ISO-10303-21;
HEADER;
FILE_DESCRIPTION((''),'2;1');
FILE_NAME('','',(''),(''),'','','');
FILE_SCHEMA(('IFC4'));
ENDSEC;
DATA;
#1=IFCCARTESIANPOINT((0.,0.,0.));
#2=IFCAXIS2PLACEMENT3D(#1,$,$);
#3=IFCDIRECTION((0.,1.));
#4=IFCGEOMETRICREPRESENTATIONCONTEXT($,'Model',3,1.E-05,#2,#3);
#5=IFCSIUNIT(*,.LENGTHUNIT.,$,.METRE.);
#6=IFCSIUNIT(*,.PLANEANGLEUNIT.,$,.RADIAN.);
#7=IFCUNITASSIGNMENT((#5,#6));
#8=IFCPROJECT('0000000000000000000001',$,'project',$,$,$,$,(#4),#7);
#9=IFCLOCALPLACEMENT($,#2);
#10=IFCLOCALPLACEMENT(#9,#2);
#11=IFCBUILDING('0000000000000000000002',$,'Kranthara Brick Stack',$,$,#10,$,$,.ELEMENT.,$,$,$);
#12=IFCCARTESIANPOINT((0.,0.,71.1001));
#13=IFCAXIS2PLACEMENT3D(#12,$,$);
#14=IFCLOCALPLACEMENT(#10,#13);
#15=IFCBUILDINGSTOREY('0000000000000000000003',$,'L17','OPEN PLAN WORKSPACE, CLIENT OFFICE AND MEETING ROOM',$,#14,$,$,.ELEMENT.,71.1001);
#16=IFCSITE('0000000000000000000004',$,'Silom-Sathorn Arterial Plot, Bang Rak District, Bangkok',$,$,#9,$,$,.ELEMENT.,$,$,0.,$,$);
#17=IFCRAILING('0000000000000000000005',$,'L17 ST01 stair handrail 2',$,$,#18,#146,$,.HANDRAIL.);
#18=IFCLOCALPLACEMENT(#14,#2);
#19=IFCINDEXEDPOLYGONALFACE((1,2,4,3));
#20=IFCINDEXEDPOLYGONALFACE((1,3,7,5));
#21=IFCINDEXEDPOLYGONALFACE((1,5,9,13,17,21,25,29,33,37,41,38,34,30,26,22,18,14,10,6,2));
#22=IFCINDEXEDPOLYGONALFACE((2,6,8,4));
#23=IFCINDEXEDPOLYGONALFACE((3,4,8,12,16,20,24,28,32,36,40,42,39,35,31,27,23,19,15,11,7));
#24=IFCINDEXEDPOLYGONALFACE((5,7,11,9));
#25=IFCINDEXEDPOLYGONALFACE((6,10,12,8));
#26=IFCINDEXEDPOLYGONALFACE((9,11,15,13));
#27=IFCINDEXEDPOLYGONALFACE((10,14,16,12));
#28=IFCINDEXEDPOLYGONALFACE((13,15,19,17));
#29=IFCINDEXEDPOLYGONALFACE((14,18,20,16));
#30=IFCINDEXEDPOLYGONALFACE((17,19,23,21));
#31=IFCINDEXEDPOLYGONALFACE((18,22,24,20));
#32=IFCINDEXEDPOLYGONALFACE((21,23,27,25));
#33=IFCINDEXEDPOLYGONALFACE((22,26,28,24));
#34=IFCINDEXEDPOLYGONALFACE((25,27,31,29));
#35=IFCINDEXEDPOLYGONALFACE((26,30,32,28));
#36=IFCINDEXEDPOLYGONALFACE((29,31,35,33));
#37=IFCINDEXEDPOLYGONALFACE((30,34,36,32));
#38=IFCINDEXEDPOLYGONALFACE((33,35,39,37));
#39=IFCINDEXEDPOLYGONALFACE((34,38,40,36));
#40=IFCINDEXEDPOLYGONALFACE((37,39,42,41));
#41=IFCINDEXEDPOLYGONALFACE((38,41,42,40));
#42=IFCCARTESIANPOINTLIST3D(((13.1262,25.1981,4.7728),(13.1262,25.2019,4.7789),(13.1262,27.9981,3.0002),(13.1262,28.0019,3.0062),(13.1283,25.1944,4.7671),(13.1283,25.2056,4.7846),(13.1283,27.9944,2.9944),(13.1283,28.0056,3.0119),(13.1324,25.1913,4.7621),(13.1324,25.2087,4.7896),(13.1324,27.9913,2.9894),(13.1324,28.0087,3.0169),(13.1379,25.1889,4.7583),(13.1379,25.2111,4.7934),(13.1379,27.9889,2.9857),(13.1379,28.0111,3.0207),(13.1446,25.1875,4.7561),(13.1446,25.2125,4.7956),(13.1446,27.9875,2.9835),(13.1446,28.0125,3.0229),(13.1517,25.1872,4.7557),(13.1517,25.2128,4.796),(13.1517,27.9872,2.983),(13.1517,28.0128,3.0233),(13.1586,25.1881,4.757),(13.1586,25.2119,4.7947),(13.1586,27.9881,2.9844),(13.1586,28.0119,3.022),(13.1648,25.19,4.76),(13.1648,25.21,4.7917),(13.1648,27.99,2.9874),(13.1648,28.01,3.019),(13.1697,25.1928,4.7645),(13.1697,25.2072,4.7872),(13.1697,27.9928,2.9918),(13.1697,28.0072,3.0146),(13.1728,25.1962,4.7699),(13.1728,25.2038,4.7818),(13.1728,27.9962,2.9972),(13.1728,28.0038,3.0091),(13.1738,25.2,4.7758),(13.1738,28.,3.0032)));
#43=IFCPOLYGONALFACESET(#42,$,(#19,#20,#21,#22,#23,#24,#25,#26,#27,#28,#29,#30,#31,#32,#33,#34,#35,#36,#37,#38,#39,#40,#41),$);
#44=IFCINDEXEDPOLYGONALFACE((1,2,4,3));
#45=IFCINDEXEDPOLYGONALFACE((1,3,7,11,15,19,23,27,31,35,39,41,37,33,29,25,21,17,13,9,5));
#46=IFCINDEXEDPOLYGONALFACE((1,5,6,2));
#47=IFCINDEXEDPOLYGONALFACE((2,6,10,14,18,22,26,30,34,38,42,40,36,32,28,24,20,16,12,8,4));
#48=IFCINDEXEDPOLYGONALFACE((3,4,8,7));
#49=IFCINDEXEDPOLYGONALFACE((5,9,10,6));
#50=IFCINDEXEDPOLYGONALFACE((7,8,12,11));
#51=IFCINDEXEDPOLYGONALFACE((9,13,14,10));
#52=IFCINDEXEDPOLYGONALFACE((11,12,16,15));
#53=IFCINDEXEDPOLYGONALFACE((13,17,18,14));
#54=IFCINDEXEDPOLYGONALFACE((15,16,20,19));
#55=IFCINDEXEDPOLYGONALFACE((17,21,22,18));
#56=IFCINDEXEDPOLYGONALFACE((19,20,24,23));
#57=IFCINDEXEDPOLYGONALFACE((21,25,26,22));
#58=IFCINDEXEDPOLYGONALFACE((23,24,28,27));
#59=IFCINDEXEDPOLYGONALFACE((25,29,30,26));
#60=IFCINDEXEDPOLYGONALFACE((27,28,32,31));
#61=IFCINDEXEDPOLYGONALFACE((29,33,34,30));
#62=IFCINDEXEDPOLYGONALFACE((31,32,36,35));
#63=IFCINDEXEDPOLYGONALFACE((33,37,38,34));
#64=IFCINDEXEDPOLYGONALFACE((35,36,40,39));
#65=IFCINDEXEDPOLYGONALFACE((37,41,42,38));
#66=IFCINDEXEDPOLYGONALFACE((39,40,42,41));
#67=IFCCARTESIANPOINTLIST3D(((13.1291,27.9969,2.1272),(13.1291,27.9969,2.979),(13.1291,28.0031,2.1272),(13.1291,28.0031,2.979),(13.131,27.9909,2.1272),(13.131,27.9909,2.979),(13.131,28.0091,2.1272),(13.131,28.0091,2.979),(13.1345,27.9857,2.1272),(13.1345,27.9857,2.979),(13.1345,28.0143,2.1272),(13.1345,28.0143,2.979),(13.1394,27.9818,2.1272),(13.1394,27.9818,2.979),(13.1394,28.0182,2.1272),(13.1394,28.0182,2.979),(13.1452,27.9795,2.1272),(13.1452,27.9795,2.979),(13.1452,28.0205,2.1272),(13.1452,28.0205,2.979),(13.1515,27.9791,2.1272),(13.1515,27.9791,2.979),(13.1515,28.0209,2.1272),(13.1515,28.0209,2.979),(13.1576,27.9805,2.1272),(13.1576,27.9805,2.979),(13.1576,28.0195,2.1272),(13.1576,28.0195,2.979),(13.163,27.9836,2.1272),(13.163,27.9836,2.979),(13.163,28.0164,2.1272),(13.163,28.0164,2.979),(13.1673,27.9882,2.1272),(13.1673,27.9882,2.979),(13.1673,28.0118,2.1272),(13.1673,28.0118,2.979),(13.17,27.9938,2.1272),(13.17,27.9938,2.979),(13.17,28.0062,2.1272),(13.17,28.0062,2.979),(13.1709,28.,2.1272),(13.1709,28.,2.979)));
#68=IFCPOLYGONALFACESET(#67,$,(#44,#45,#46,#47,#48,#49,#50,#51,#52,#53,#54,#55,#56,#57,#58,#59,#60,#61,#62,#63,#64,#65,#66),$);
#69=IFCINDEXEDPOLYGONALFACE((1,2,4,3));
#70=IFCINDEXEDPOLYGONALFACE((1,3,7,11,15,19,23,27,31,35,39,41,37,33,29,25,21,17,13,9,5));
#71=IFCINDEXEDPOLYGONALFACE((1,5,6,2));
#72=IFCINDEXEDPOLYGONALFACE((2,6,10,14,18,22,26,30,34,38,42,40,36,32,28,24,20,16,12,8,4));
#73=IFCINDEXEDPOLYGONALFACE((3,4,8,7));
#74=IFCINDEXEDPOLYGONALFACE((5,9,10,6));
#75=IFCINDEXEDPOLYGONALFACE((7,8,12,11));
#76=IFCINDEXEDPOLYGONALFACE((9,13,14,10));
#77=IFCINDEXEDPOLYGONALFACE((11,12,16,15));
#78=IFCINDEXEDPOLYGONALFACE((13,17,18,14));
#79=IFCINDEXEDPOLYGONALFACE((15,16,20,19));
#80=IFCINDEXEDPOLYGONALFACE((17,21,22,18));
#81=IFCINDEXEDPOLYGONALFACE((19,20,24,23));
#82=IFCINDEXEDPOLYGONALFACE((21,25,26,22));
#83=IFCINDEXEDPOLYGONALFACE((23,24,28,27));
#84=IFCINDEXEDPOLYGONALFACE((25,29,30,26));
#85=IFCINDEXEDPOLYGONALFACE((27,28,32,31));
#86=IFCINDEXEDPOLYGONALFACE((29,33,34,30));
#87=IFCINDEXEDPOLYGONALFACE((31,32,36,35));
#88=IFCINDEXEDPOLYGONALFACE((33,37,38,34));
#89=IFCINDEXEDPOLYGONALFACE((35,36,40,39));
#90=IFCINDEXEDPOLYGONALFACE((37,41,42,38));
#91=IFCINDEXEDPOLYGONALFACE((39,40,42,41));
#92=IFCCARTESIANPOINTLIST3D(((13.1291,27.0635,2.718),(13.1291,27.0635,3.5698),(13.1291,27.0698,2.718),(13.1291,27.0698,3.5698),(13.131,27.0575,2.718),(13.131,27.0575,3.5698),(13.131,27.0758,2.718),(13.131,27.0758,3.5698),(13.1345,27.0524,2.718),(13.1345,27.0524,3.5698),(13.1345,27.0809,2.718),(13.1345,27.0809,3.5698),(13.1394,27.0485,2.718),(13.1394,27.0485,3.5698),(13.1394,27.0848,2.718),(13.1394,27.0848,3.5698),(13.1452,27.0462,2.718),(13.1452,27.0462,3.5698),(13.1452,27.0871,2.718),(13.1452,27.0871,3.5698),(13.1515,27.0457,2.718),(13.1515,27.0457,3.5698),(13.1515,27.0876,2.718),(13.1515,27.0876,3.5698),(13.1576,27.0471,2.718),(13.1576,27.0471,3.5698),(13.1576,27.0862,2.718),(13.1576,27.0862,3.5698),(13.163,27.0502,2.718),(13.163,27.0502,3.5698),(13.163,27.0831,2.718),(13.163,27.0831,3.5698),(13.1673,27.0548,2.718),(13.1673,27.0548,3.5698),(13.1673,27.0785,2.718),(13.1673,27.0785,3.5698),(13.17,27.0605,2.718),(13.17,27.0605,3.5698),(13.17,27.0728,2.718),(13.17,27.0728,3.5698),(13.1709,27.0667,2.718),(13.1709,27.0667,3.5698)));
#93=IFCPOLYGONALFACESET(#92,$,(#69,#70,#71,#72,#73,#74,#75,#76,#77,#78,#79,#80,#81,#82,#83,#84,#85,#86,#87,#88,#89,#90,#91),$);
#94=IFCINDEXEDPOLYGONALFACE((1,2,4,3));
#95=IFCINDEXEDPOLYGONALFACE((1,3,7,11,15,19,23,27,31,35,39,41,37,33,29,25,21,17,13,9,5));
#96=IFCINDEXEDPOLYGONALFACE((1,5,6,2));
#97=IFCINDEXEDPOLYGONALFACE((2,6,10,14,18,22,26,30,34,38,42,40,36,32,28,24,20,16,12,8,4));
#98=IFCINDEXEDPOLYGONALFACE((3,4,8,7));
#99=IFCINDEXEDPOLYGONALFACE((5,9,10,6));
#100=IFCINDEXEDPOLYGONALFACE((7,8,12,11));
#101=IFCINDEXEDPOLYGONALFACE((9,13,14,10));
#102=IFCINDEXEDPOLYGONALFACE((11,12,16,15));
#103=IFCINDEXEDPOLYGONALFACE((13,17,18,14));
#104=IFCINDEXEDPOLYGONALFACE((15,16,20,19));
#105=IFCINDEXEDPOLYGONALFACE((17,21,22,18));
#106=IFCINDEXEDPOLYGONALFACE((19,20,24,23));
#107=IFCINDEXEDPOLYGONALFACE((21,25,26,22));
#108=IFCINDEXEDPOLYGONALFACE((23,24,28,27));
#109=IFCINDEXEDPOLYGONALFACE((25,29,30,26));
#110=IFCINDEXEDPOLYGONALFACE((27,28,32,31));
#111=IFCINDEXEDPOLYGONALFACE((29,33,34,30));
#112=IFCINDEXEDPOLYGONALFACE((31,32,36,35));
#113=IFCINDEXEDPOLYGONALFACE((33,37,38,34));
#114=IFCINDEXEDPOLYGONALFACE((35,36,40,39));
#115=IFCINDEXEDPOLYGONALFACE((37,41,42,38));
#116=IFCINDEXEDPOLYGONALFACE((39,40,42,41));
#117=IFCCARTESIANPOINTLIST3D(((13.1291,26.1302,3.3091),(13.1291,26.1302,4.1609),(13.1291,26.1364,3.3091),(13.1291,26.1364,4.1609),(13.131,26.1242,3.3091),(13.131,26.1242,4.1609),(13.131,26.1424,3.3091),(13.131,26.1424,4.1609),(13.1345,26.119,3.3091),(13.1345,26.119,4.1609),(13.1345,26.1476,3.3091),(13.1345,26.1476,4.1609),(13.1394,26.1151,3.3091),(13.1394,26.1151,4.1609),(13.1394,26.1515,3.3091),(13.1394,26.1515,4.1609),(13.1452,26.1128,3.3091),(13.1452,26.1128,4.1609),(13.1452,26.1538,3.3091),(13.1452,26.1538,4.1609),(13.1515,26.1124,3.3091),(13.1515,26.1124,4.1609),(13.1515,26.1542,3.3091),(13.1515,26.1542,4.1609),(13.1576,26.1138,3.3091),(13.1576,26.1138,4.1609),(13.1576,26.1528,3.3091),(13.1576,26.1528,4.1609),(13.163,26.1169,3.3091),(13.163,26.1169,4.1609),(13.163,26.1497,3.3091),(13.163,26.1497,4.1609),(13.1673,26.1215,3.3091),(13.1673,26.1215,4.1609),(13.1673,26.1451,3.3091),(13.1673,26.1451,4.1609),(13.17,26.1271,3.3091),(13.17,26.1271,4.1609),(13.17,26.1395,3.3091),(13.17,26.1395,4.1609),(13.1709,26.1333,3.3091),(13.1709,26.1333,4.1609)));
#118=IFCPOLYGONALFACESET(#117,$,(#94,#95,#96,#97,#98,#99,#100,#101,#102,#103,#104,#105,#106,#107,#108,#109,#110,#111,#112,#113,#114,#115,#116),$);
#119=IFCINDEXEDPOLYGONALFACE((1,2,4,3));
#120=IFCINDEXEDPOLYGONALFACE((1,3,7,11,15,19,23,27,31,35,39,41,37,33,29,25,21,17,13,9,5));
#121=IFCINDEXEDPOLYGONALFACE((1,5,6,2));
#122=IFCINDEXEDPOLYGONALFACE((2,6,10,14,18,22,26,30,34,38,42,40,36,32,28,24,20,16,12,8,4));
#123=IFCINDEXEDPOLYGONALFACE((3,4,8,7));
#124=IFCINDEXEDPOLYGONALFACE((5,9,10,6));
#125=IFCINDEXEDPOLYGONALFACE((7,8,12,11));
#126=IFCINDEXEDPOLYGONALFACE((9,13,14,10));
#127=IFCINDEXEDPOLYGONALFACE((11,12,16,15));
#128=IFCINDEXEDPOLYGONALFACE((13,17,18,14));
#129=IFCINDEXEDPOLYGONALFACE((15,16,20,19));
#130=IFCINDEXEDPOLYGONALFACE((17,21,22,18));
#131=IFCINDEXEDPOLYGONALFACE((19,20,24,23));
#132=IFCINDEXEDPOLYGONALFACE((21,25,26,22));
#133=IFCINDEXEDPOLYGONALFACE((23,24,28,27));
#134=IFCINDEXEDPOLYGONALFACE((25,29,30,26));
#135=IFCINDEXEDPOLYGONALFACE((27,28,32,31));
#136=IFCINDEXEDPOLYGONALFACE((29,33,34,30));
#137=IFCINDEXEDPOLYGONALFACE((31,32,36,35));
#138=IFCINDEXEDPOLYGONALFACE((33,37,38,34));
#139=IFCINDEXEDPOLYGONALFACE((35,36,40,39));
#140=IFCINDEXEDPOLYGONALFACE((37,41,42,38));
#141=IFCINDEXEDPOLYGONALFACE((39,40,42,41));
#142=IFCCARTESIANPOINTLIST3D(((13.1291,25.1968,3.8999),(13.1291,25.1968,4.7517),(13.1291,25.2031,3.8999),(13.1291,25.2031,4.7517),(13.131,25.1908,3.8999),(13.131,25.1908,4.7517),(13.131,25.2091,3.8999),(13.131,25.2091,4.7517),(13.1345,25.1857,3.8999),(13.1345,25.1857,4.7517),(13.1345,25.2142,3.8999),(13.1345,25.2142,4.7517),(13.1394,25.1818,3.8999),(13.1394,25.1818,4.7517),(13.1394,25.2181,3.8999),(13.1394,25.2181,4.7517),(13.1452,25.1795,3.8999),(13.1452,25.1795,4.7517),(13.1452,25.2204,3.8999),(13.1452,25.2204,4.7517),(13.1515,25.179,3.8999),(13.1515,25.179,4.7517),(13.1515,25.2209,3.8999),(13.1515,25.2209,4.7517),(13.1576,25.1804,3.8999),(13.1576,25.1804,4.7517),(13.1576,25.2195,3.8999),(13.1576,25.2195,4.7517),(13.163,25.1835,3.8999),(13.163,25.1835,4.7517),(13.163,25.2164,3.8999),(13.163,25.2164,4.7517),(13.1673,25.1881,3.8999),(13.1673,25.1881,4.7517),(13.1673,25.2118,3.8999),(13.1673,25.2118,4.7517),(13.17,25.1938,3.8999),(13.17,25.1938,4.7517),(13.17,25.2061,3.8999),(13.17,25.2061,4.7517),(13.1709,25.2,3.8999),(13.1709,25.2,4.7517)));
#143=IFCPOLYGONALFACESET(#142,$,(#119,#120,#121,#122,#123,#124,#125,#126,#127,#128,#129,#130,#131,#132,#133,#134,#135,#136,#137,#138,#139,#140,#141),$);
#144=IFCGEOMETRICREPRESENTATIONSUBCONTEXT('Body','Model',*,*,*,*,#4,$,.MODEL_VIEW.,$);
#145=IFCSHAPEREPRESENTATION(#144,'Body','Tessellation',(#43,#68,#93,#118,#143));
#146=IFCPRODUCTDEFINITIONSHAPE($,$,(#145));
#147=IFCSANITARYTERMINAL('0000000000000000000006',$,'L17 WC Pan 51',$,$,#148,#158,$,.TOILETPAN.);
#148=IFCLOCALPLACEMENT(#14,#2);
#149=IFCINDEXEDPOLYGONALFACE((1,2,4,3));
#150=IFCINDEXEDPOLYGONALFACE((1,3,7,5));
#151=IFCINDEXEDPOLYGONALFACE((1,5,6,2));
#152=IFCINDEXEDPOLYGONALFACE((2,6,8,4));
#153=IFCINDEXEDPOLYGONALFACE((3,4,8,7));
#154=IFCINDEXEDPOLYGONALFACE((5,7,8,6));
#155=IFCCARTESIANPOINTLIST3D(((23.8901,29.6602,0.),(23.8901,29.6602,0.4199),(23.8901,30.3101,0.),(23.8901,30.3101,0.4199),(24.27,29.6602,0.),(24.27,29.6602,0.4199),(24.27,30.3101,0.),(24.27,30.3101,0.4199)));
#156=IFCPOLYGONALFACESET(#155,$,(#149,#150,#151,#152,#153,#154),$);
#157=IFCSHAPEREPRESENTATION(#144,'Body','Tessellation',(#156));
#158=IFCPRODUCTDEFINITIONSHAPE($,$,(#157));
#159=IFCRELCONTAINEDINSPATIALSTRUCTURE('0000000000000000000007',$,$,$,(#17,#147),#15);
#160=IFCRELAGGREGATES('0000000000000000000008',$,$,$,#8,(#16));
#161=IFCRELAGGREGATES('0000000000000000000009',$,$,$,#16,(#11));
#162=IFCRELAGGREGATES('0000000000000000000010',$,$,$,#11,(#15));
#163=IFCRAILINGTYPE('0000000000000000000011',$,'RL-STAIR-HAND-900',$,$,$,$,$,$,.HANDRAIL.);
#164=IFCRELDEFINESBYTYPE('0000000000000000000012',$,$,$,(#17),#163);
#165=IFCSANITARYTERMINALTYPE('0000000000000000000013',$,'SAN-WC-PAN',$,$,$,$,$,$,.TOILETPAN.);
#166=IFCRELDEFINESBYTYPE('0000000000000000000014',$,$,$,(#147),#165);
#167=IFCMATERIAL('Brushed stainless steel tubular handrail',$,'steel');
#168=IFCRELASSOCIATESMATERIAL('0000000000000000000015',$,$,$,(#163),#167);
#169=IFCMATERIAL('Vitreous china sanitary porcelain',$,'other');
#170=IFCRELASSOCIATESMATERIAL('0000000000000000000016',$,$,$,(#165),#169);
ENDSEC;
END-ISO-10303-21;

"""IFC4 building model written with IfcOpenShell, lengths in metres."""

from ifc_helpers import new_model, si_unit, direction, frame, origin, origin_2d, place, context, subcontext, project, spatial, rectangle, circle, extrude, material, type_object, element, save


model = new_model("IFC4")

# Units and contexts
model_context = context("Model", 3, precision=1e-05, world=origin(), true_north=direction((0.0, 1.0)))
body_context = subcontext(model_context, "Body", "Model", "MODEL_VIEW")
ifc_project = project(units=[si_unit("LENGTHUNIT", "METRE"), si_unit("PLANEANGLEUNIT", "RADIAN")], contexts=[model_context])

# Site, building, storey
site_placement = place(None, origin())
site = spatial("IfcSite", under=ifc_project, at=site_placement, Name="Silom-Sathorn Arterial Plot, Bang Rak District, Bangkok", CompositionType="ELEMENT", RefElevation=0.0)
building_placement = place(site_placement, origin())
building = spatial("IfcBuilding", under=site, at=building_placement, Name="Kranthara Brick Stack", CompositionType="ELEMENT")
storey_placement = place(building_placement, frame((0.0, 0.0, 71.1001)))
storey = spatial("IfcBuildingStorey", under=building, at=storey_placement, Name="L17", Description="OPEN PLAN WORKSPACE, CLIENT OFFICE AND MEETING ROOM", CompositionType="ELEMENT", Elevation=71.1001)

# Railing
ifc_material_1 = material(Name="Brushed stainless steel tubular handrail", Category="steel")
railing_type_1 = type_object("IfcRailingType", Name="RL-STAIR-HAND-900", PredefinedType="HANDRAIL", material=ifc_material_1)
railing_1_placement = place(storey_placement, frame((13.1499, 28.0, 2.1272)))
element("IfcRailing", 1, at=railing_1_placement, inside=storey, type_object=railing_type_1, Name="L17 ST01 stair handrail 2", PredefinedType="HANDRAIL", context=body_context, shape_type="SweptSolid", body=[
    extrude(circle(Radius=0.0239, at=origin_2d()), frame((0.0, 0.0, 0.876), z_axis=(0.0, -0.844909, 0.53491), x_axis=(1.0, 0.0, 0.0)), (0.0, 0.0, 1.0), 3.314),
    extrude(circle(Radius=0.021, at=origin_2d()), origin(), (0.0, 0.0, 1.0), 0.8518),
    extrude(circle(Radius=0.021, at=origin_2d()), frame((0.0, -0.9333, 0.5908)), (0.0, 0.0, 1.0), 0.8518),
    extrude(circle(Radius=0.021, at=origin_2d()), frame((0.0, -1.8667, 1.1819)), (0.0, 0.0, 1.0), 0.8518),
    extrude(circle(Radius=0.021, at=origin_2d()), frame((0.0, -2.8, 1.7727)), (0.0, 0.0, 1.0), 0.8518),
])

# Sanitary terminal
ifc_material_2 = material(Name="Vitreous china sanitary porcelain", Category="other")
sanitary_terminal_type = type_object("IfcSanitaryTerminalType", Name="SAN-WC-PAN", PredefinedType="TOILETPAN", material=ifc_material_2)
sanitary_terminal_placement = place(storey_placement, frame((24.0801, 29.9851, 0.0), z_axis=(0.0, 0.0, 1.0), x_axis=(1.0, 0.0, 0.0)))
element("IfcSanitaryTerminal", 2, at=sanitary_terminal_placement, inside=storey, type_object=sanitary_terminal_type, Name="L17 WC Pan 51", PredefinedType="TOILETPAN", context=body_context, shape_type="SweptSolid", body=[
    extrude(rectangle(XDim=0.3799, YDim=0.6499, at=origin_2d()), origin(), (0.0, 0.0, 1.0), 0.4199),
])

save(model, "model.ifc")
